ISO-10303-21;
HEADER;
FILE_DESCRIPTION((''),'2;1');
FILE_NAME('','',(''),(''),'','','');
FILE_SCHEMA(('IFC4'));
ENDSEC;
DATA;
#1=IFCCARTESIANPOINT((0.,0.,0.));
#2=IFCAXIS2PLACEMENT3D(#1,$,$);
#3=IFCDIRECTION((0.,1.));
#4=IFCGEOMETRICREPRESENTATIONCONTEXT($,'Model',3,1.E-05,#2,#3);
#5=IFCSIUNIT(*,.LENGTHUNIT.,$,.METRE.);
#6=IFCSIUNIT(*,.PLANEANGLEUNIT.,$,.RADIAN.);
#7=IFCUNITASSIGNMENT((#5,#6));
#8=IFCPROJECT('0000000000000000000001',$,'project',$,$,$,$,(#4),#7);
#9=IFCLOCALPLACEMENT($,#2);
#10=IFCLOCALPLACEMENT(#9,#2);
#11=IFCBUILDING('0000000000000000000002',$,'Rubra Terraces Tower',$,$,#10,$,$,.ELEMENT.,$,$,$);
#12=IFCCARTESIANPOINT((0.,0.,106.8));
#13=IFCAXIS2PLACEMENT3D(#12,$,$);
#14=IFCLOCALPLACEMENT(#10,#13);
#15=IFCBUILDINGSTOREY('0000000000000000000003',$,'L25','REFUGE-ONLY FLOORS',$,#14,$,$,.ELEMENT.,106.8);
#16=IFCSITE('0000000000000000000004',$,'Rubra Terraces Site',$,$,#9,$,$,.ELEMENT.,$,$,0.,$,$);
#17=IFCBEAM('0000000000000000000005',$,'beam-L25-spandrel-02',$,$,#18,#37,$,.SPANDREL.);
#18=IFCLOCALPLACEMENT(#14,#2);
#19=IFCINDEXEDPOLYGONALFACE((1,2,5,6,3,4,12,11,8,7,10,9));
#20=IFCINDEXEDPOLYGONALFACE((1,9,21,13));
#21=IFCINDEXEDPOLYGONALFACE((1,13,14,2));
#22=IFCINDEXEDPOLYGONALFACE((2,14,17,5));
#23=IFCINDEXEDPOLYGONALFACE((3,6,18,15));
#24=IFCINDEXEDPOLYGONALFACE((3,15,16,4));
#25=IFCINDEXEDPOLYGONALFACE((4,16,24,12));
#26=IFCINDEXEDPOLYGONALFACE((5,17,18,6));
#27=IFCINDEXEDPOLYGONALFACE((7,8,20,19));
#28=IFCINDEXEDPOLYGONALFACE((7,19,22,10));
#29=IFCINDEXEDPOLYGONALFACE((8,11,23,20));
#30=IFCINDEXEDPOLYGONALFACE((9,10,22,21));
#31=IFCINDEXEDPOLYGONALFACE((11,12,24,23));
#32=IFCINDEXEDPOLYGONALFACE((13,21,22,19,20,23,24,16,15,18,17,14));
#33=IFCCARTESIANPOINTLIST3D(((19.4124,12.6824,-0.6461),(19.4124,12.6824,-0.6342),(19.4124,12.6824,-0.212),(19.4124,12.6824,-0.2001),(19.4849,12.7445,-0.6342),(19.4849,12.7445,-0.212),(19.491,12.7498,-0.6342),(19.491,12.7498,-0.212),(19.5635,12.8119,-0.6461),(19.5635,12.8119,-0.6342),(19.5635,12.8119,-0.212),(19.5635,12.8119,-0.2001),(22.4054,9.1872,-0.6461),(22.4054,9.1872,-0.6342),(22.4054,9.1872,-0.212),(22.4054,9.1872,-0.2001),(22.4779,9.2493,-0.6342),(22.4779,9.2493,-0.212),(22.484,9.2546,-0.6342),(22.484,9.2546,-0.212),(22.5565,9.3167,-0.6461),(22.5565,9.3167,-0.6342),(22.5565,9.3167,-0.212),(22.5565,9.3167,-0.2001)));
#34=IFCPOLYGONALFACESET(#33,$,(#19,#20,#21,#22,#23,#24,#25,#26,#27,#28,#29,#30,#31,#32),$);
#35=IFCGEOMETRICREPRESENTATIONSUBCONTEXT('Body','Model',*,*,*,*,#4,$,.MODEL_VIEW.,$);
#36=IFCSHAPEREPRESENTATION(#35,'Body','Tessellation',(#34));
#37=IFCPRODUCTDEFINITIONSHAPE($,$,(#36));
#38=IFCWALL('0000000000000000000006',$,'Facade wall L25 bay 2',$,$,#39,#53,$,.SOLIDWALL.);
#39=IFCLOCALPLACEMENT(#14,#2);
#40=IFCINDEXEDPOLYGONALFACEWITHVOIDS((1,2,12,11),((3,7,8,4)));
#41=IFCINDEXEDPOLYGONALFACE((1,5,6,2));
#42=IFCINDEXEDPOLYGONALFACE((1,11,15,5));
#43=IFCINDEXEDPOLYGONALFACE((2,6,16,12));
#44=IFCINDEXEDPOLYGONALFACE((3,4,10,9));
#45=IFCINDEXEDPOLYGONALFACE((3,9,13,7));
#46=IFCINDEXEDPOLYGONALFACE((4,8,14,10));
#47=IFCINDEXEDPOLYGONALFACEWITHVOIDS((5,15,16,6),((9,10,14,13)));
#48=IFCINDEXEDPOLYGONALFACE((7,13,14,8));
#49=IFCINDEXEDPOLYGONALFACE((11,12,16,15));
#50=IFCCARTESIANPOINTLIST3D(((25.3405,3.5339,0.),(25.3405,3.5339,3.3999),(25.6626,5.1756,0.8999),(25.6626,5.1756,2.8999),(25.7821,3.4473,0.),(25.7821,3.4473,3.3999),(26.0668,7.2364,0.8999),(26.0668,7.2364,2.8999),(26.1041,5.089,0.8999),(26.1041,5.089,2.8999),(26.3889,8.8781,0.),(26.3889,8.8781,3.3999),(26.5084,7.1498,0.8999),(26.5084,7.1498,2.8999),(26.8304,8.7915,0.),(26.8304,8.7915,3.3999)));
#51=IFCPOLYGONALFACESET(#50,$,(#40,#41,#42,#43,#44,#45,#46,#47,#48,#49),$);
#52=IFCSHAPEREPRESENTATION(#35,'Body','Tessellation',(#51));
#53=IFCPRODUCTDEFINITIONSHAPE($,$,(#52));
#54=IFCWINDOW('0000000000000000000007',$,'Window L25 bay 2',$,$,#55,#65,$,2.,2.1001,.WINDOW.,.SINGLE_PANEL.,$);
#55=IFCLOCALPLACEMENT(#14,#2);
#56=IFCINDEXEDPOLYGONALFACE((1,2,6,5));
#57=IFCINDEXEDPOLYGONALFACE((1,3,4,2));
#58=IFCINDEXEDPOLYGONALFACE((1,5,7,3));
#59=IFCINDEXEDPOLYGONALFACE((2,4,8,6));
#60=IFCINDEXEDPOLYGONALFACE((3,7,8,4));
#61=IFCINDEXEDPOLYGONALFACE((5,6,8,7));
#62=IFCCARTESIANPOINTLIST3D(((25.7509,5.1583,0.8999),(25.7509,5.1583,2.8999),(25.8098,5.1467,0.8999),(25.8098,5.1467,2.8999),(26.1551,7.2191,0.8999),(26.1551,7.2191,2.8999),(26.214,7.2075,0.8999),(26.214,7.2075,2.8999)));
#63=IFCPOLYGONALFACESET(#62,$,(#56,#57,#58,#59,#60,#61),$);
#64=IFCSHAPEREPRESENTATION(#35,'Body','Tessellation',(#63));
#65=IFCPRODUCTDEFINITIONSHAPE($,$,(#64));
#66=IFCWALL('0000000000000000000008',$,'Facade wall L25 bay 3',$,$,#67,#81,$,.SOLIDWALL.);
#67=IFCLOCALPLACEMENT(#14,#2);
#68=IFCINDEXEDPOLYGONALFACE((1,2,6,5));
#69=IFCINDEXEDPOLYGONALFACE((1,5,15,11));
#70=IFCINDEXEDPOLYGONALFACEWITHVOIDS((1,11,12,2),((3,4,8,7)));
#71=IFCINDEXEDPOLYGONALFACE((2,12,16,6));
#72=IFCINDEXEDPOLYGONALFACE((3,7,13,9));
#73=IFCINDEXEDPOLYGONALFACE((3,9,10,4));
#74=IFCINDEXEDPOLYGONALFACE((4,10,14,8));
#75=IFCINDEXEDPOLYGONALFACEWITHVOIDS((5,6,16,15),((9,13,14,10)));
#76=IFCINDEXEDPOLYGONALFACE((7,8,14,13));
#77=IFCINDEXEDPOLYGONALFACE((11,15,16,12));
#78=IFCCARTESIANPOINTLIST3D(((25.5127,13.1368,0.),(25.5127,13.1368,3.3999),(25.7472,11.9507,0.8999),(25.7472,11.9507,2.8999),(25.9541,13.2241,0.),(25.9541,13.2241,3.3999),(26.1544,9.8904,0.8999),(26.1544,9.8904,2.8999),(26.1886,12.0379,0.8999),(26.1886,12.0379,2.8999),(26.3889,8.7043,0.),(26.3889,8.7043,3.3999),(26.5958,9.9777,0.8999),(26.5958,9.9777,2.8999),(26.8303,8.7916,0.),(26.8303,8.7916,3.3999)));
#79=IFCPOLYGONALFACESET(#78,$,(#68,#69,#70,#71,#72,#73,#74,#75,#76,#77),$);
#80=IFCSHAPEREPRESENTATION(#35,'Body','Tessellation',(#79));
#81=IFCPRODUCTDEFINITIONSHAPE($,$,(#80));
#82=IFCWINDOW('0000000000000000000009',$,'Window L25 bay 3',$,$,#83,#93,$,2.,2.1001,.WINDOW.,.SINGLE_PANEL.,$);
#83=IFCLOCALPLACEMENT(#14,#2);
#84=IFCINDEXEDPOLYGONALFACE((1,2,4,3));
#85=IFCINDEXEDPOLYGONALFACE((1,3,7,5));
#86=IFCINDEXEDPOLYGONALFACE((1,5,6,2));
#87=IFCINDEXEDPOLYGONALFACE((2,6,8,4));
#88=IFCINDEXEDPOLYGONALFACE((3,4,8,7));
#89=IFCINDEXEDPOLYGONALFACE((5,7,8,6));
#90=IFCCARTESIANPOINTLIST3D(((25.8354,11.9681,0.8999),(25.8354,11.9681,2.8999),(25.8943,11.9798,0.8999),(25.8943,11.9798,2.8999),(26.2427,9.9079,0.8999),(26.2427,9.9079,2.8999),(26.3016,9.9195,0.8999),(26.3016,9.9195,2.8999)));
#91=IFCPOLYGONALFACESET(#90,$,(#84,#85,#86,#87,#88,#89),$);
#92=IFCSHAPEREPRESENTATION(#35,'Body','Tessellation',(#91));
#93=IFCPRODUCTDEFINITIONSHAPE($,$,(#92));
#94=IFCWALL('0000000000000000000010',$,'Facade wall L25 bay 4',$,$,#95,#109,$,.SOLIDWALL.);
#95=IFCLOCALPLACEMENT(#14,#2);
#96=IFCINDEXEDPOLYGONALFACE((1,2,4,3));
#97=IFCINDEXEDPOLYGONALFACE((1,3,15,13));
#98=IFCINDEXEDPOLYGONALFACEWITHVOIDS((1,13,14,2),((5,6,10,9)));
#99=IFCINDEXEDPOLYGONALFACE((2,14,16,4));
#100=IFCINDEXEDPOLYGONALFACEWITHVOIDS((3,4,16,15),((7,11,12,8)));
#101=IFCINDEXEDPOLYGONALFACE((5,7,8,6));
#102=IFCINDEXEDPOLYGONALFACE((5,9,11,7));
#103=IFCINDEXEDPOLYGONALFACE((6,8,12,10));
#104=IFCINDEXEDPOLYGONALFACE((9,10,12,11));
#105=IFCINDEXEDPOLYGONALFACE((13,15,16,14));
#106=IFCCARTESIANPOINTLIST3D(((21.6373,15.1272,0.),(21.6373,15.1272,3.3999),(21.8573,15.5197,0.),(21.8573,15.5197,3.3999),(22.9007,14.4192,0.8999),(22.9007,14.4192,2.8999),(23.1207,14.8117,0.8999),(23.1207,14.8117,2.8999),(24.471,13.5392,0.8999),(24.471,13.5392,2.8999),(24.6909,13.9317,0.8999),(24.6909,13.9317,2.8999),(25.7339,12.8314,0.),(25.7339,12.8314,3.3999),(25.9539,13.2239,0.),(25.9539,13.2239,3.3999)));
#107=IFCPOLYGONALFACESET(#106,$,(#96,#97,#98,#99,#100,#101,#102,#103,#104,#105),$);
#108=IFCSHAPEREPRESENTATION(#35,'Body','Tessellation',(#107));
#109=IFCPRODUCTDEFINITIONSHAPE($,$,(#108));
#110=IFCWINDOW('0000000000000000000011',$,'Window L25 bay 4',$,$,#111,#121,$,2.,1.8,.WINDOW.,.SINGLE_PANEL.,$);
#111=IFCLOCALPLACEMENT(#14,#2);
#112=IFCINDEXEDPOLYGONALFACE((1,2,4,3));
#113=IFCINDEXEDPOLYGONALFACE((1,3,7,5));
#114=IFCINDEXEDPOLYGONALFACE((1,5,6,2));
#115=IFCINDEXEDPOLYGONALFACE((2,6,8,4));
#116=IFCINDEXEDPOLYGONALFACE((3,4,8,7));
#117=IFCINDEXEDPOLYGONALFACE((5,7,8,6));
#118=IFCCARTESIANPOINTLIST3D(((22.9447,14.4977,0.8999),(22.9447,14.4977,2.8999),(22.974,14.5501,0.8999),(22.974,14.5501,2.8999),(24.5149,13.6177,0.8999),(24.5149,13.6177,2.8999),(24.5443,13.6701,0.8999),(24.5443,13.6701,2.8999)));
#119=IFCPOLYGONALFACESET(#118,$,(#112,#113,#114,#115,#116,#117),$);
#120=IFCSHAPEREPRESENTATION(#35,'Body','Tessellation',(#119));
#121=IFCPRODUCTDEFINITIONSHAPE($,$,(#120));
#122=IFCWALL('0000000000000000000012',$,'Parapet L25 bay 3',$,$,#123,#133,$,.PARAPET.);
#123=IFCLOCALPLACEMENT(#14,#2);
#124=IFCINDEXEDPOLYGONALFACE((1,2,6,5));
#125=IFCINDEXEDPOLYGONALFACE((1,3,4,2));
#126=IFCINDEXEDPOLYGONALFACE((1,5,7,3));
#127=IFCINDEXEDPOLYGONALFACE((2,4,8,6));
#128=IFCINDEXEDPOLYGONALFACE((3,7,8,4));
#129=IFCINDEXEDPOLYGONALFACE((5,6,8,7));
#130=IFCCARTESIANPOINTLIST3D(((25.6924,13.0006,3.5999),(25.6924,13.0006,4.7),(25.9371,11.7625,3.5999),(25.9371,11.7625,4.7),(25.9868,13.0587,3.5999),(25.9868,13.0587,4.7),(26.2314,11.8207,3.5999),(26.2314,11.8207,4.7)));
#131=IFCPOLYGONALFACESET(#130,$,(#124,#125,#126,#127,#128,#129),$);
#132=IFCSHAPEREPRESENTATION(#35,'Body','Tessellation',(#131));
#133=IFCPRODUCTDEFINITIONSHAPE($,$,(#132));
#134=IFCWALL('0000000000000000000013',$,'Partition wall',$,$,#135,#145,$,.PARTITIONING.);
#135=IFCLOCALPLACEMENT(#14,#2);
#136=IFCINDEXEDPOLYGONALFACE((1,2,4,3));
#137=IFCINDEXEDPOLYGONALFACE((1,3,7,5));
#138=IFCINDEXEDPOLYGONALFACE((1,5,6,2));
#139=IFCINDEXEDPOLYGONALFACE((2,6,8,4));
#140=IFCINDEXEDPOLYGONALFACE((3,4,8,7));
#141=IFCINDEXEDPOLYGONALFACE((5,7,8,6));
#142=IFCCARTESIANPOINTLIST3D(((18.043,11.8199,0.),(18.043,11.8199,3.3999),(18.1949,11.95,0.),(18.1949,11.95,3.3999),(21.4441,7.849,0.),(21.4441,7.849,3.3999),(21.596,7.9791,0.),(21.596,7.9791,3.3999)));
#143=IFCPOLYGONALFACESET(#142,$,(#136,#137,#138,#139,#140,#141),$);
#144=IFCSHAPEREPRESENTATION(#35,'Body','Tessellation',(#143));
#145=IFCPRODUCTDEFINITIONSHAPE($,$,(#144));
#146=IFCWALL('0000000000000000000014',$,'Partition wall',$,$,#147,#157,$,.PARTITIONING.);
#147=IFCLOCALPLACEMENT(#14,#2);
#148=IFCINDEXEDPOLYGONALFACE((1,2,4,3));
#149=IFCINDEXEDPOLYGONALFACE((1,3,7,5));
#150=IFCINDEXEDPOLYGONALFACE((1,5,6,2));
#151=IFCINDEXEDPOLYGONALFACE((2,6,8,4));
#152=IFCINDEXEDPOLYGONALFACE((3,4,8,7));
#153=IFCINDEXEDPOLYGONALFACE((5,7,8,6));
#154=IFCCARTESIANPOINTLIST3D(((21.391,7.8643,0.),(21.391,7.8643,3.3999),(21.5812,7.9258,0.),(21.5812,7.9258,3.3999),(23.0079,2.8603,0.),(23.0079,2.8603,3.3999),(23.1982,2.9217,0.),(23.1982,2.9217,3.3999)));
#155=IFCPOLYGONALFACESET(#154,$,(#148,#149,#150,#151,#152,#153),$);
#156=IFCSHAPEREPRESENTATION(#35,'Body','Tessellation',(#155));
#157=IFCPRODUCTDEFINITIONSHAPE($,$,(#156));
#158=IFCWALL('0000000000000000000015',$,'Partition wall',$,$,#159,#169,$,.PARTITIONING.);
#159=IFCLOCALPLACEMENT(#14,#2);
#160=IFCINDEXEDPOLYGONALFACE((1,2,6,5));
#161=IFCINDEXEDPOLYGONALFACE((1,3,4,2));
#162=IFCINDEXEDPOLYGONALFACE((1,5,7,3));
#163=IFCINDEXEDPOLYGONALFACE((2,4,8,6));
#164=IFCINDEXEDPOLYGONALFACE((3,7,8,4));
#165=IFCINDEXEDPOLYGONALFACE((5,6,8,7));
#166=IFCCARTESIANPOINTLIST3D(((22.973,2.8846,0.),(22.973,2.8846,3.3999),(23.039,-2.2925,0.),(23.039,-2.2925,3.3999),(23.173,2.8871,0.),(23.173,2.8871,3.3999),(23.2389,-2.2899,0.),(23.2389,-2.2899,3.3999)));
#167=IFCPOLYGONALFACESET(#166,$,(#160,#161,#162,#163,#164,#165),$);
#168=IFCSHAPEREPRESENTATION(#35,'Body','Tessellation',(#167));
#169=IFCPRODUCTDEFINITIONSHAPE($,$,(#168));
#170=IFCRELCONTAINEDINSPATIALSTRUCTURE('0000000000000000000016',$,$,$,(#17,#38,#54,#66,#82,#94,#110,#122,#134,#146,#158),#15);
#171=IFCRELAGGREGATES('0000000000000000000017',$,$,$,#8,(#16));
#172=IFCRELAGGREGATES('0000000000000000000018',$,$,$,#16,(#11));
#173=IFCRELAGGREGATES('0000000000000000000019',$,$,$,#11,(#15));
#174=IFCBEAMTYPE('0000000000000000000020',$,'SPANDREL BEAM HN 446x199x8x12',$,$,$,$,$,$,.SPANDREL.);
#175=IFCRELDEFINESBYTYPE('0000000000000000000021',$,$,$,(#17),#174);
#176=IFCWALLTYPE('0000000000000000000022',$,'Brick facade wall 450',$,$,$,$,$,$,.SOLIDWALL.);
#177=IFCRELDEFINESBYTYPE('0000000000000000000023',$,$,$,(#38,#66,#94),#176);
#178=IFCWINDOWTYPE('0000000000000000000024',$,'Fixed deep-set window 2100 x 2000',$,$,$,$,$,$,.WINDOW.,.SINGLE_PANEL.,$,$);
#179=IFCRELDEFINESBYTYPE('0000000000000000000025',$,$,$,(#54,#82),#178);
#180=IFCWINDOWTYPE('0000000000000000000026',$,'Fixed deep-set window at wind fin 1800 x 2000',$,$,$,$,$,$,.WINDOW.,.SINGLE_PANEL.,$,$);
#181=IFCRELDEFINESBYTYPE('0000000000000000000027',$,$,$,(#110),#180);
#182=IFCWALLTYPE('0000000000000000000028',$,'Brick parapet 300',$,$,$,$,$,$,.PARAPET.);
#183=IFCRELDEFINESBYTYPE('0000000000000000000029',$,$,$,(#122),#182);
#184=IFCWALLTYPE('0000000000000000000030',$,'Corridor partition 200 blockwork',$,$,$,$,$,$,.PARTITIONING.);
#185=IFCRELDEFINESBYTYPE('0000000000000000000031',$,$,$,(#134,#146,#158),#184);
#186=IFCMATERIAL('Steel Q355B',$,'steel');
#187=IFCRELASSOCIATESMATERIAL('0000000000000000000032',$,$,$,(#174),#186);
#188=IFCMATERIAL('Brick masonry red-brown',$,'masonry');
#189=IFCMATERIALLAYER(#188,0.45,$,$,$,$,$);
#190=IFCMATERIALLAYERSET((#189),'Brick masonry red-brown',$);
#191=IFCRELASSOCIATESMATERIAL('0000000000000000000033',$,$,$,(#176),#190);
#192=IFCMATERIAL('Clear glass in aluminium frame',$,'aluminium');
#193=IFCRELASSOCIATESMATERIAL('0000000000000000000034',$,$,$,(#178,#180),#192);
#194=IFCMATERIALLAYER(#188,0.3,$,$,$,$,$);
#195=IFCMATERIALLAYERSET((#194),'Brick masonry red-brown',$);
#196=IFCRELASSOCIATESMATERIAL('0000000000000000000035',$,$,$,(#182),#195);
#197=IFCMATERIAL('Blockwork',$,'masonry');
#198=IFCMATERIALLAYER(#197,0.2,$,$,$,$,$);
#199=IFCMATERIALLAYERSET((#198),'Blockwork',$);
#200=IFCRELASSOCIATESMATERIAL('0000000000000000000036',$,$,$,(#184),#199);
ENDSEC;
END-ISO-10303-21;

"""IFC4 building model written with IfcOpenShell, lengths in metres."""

from ifc_helpers import new_model, si_unit, direction, frame, frame_2d, origin, origin_2d, place, context, subcontext, project, spatial, rectangle, i_section, extrude, material, layer, layer_set, material_profile, profile_set, type_object, element, fill, save


model = new_model("IFC4")

# Units and contexts
model_context = context("Model", 3, precision=1e-05, world=origin(), true_north=direction((0.0, 1.0)))
body_context = subcontext(model_context, "Body", "Model", "MODEL_VIEW")
ifc_project = project(units=[si_unit("LENGTHUNIT", "METRE"), si_unit("PLANEANGLEUNIT", "RADIAN")], contexts=[model_context])

# Site, building, storey
site_placement = place(None, origin())
site = spatial("IfcSite", under=ifc_project, at=site_placement, Name="Rubra Terraces Site", CompositionType="ELEMENT", RefElevation=0.0)
building_placement = place(site_placement, origin())
building = spatial("IfcBuilding", under=site, at=building_placement, Name="Rubra Terraces Tower", CompositionType="ELEMENT")
storey_placement = place(building_placement, frame((0.0, 0.0, 106.8)))
storey = spatial("IfcBuildingStorey", under=building, at=storey_placement, Name="L25", Description="REFUGE-ONLY FLOORS", CompositionType="ELEMENT", Elevation=106.8)

# Beam
ifc_material_1 = material(Name="Steel Q355B", Category="steel")
ifc_material_profile_1 = material_profile(ifc_material_1, i_section(OverallWidth=0.199, OverallDepth=0.446, WebThickness=0.0081, FlangeThickness=0.012, at=origin_2d()), Name="HN 446x199x8x12")
ifc_profile_set_1 = profile_set([ifc_material_profile_1], Name="Steel Q355B")
beam_type_1 = type_object("IfcBeamType", Name="SPANDREL BEAM HN 446x199x8x12", PredefinedType="SPANDREL", material=ifc_profile_set_1)
beam_1_placement = place(storey_placement, frame((22.481, 9.252, -0.4231), z_axis=(-0.650429, 0.759567, 0.0), x_axis=(-0.759567, -0.650429, 0.0)))
element("IfcBeam", 1, at=beam_1_placement, inside=storey, type_object=beam_type_1, Name="beam-L25-spandrel-02", PredefinedType="SPANDREL", context=body_context, shape_type="SweptSolid", body=[
    extrude(i_section(OverallWidth=0.199, OverallDepth=0.446, WebThickness=0.0081, FlangeThickness=0.012, at=origin_2d()), origin(), (0.0, 0.0, 1.0), 4.6016),
])

# Walls, openings, windows
ifc_material_2 = material(Name="Brick masonry red-brown", Category="masonry")
ifc_layer_1 = layer(ifc_material_2, 0.45)
ifc_layer_set_1 = layer_set([ifc_layer_1], Name="Brick masonry red-brown")
wall_type_1 = type_object("IfcWallType", Name="Brick facade wall 450", PredefinedType="SOLIDWALL", material=ifc_layer_set_1)
wall_1_placement = place(storey_placement, frame((25.5613, 3.4905, 0.0), z_axis=(0.0, 0.0, 1.0), x_axis=(0.192494, 0.981298, 0.0)))
wall_1 = element("IfcWall", 2, at=wall_1_placement, inside=storey, type_object=wall_type_1, Name="Facade wall L25 bay 2", PredefinedType="SOLIDWALL", context=body_context, shape_type="SweptSolid", body=[
    extrude(rectangle(XDim=5.446, YDim=0.45, at=frame_2d((2.7231, 0.0))), origin(), (0.0, 0.0, 1.0), 3.3999),
])
opening_1_placement = place(wall_1_placement, frame((1.6731, 0.0, 0.8999)))
opening_1 = element("IfcOpeningElement", 3, at=opening_1_placement, cuts=wall_1, PredefinedType="OPENING", context=body_context, shape_type="SweptSolid", body=[
    extrude(rectangle(XDim=2.1001, YDim=2.0, at=frame_2d((1.05, 1.0))), frame((0.0, 0.2349, 0.0), z_axis=(0.0, -1.0, 0.0), x_axis=(1.0, 0.0, 0.0)), (0.0, 0.0, 1.0), 0.47),
])
ifc_material_3 = material(Name="Clear glass in aluminium frame", Category="aluminium")
window_type_1 = type_object("IfcWindowType", Name="Fixed deep-set window 2100 x 2000", PartitioningType="SINGLE_PANEL", PredefinedType="WINDOW", material=ifc_material_3)
window_1_placement = place(opening_1_placement, origin())
window_1 = element("IfcWindow", 4, at=window_1_placement, inside=storey, type_object=window_type_1, Name="Window L25 bay 2", OverallHeight=2.0, OverallWidth=2.1001, PartitioningType="SINGLE_PANEL", PredefinedType="WINDOW", context=body_context, shape_type="SweptSolid", body=[
    extrude(rectangle(XDim=2.1001, YDim=2.0, at=frame_2d((1.05, 1.0))), frame((0.0, 0.135, 0.0), z_axis=(0.0, -1.0, 0.0), x_axis=(1.0, 0.0, 0.0)), (0.0, 0.0, 1.0), 0.0601),
])
fill(opening_1, window_1)
wall_2_placement = place(storey_placement, frame((26.6096, 8.7478, 0.0), z_axis=(0.0, 0.0, 1.0), x_axis=(-0.193923, 0.981017, 0.0)))
wall_2 = element("IfcWall", 5, at=wall_2_placement, inside=storey, type_object=wall_type_1, Name="Facade wall L25 bay 3", PredefinedType="SOLIDWALL", context=body_context, shape_type="SweptSolid", body=[
    extrude(rectangle(XDim=4.5183, YDim=0.45, at=frame_2d((2.2593, 0.0))), origin(), (0.0, 0.0, 1.0), 3.3999),
])
opening_2_placement = place(wall_2_placement, frame((1.2092, 0.0, 0.8999)))
opening_2 = element("IfcOpeningElement", 6, at=opening_2_placement, cuts=wall_2, PredefinedType="OPENING", context=body_context, shape_type="SweptSolid", body=[
    extrude(rectangle(XDim=2.1001, YDim=2.0, at=frame_2d((1.05, 1.0))), frame((0.0, 0.2349, 0.0), z_axis=(0.0, -1.0, 0.0), x_axis=(1.0, 0.0, 0.0)), (0.0, 0.0, 1.0), 0.47),
])
window_2_placement = place(opening_2_placement, origin())
window_2 = element("IfcWindow", 7, at=window_2_placement, inside=storey, type_object=window_type_1, Name="Window L25 bay 3", OverallHeight=2.0, OverallWidth=2.1001, PartitioningType="SINGLE_PANEL", PredefinedType="WINDOW", context=body_context, shape_type="SweptSolid", body=[
    extrude(rectangle(XDim=2.1001, YDim=2.0, at=frame_2d((1.05, 1.0))), frame((0.0, 0.135, 0.0), z_axis=(0.0, -1.0, 0.0), x_axis=(1.0, 0.0, 0.0)), (0.0, 0.0, 1.0), 0.0601),
])
fill(opening_2, window_2)
wall_3_placement = place(storey_placement, frame((25.844, 13.0276, 0.0), z_axis=(0.0, 0.0, 1.0), x_axis=(-0.872346, 0.488888, 0.0)))
wall_3 = element("IfcWall", 8, at=wall_3_placement, inside=storey, type_object=wall_type_1, Name="Facade wall L25 bay 4", PredefinedType="SOLIDWALL", context=body_context, shape_type="SweptSolid", body=[
    extrude(rectangle(XDim=4.696, YDim=0.45, at=frame_2d((2.3481, 0.0))), origin(), (0.0, 0.0, 1.0), 3.3999),
])
opening_3_placement = place(wall_3_placement, frame((1.448, 0.0, 0.8999)))
opening_3 = element("IfcOpeningElement", 9, at=opening_3_placement, cuts=wall_3, PredefinedType="OPENING", context=body_context, shape_type="SweptSolid", body=[
    extrude(rectangle(XDim=1.8, YDim=2.0, at=frame_2d((0.8999, 1.0))), frame((0.0, 0.2349, 0.0), z_axis=(0.0, -1.0, 0.0), x_axis=(1.0, 0.0, 0.0)), (0.0, 0.0, 1.0), 0.47),
])
window_type_2 = type_object("IfcWindowType", Name="Fixed deep-set window at wind fin 1800 x 2000", PartitioningType="SINGLE_PANEL", PredefinedType="WINDOW", material=ifc_material_3)
window_3_placement = place(opening_3_placement, origin())
window_3 = element("IfcWindow", 10, at=window_3_placement, inside=storey, type_object=window_type_2, Name="Window L25 bay 4", OverallHeight=2.0, OverallWidth=1.8, PartitioningType="SINGLE_PANEL", PredefinedType="WINDOW", context=body_context, shape_type="SweptSolid", body=[
    extrude(rectangle(XDim=1.8, YDim=2.0, at=frame_2d((0.8999, 1.0))), frame((0.0, 0.135, 0.0), z_axis=(0.0, -1.0, 0.0), x_axis=(1.0, 0.0, 0.0)), (0.0, 0.0, 1.0), 0.0601),
])
fill(opening_3, window_3)

# Walls
ifc_layer_2 = layer(ifc_material_2, 0.3)
ifc_layer_set_2 = layer_set([ifc_layer_2], Name="Brick masonry red-brown")
wall_type_2 = type_object("IfcWallType", Name="Brick parapet 300", PredefinedType="PARAPET", material=ifc_layer_set_2)
wall_4_placement = place(storey_placement, frame((26.0842, 11.7917, 3.5999), z_axis=(0.0, 0.0, 1.0), x_axis=(-0.193846, 0.981032, 0.0)))
element("IfcWall", 11, at=wall_4_placement, inside=storey, type_object=wall_type_2, Name="Parapet L25 bay 3", PredefinedType="PARAPET", context=body_context, shape_type="SweptSolid", body=[
    extrude(rectangle(XDim=1.262, YDim=0.3, at=frame_2d((0.6309, 0.0))), origin(), (0.0, 0.0, 1.0), 1.1001),
])
ifc_material_4 = material(Name="Blockwork", Category="masonry")
ifc_layer_3 = layer(ifc_material_4, 0.2)
ifc_layer_set_3 = layer_set([ifc_layer_3], Name="Blockwork")
wall_type_3 = type_object("IfcWallType", Name="Corridor partition 200 blockwork", PredefinedType="PARTITIONING", material=ifc_layer_set_3)
wall_5_placement = place(storey_placement, frame((18.1189, 11.885, 0.0), z_axis=(0.0, 0.0, 1.0), x_axis=(0.650511, -0.759497, 0.0)))
element("IfcWall", 12, at=wall_5_placement, inside=storey, type_object=wall_type_3, Name="Partition wall", PredefinedType="PARTITIONING", context=body_context, shape_type="SweptSolid", body=[
    extrude(rectangle(XDim=5.2283, YDim=0.2, at=frame_2d((2.6143, 0.0))), origin(), (0.0, 0.0, 1.0), 3.3999),
])
wall_6_placement = place(storey_placement, frame((21.4861, 7.895, 0.0), z_axis=(0.0, 0.0, 1.0), x_axis=(0.307482, -0.951554, 0.0)))
element("IfcWall", 13, at=wall_6_placement, inside=storey, type_object=wall_type_3, Name="Partition wall", PredefinedType="PARTITIONING", context=body_context, shape_type="SweptSolid", body=[
    extrude(rectangle(XDim=5.2588, YDim=0.2, at=frame_2d((2.6294, 0.0))), origin(), (0.0, 0.0, 1.0), 3.3999),
])
wall_7_placement = place(storey_placement, frame((23.073, 2.886, 0.0), z_axis=(0.0, 0.0, 1.0), x_axis=(0.012732, -0.999919, 0.0)))
element("IfcWall", 14, at=wall_7_placement, inside=storey, type_object=wall_type_3, Name="Partition wall", PredefinedType="PARTITIONING", context=body_context, shape_type="SweptSolid", body=[
    extrude(rectangle(XDim=5.1775, YDim=0.2, at=frame_2d((2.5889, 0.0))), origin(), (0.0, 0.0, 1.0), 3.3999),
])

save(model, "model.ifc")
